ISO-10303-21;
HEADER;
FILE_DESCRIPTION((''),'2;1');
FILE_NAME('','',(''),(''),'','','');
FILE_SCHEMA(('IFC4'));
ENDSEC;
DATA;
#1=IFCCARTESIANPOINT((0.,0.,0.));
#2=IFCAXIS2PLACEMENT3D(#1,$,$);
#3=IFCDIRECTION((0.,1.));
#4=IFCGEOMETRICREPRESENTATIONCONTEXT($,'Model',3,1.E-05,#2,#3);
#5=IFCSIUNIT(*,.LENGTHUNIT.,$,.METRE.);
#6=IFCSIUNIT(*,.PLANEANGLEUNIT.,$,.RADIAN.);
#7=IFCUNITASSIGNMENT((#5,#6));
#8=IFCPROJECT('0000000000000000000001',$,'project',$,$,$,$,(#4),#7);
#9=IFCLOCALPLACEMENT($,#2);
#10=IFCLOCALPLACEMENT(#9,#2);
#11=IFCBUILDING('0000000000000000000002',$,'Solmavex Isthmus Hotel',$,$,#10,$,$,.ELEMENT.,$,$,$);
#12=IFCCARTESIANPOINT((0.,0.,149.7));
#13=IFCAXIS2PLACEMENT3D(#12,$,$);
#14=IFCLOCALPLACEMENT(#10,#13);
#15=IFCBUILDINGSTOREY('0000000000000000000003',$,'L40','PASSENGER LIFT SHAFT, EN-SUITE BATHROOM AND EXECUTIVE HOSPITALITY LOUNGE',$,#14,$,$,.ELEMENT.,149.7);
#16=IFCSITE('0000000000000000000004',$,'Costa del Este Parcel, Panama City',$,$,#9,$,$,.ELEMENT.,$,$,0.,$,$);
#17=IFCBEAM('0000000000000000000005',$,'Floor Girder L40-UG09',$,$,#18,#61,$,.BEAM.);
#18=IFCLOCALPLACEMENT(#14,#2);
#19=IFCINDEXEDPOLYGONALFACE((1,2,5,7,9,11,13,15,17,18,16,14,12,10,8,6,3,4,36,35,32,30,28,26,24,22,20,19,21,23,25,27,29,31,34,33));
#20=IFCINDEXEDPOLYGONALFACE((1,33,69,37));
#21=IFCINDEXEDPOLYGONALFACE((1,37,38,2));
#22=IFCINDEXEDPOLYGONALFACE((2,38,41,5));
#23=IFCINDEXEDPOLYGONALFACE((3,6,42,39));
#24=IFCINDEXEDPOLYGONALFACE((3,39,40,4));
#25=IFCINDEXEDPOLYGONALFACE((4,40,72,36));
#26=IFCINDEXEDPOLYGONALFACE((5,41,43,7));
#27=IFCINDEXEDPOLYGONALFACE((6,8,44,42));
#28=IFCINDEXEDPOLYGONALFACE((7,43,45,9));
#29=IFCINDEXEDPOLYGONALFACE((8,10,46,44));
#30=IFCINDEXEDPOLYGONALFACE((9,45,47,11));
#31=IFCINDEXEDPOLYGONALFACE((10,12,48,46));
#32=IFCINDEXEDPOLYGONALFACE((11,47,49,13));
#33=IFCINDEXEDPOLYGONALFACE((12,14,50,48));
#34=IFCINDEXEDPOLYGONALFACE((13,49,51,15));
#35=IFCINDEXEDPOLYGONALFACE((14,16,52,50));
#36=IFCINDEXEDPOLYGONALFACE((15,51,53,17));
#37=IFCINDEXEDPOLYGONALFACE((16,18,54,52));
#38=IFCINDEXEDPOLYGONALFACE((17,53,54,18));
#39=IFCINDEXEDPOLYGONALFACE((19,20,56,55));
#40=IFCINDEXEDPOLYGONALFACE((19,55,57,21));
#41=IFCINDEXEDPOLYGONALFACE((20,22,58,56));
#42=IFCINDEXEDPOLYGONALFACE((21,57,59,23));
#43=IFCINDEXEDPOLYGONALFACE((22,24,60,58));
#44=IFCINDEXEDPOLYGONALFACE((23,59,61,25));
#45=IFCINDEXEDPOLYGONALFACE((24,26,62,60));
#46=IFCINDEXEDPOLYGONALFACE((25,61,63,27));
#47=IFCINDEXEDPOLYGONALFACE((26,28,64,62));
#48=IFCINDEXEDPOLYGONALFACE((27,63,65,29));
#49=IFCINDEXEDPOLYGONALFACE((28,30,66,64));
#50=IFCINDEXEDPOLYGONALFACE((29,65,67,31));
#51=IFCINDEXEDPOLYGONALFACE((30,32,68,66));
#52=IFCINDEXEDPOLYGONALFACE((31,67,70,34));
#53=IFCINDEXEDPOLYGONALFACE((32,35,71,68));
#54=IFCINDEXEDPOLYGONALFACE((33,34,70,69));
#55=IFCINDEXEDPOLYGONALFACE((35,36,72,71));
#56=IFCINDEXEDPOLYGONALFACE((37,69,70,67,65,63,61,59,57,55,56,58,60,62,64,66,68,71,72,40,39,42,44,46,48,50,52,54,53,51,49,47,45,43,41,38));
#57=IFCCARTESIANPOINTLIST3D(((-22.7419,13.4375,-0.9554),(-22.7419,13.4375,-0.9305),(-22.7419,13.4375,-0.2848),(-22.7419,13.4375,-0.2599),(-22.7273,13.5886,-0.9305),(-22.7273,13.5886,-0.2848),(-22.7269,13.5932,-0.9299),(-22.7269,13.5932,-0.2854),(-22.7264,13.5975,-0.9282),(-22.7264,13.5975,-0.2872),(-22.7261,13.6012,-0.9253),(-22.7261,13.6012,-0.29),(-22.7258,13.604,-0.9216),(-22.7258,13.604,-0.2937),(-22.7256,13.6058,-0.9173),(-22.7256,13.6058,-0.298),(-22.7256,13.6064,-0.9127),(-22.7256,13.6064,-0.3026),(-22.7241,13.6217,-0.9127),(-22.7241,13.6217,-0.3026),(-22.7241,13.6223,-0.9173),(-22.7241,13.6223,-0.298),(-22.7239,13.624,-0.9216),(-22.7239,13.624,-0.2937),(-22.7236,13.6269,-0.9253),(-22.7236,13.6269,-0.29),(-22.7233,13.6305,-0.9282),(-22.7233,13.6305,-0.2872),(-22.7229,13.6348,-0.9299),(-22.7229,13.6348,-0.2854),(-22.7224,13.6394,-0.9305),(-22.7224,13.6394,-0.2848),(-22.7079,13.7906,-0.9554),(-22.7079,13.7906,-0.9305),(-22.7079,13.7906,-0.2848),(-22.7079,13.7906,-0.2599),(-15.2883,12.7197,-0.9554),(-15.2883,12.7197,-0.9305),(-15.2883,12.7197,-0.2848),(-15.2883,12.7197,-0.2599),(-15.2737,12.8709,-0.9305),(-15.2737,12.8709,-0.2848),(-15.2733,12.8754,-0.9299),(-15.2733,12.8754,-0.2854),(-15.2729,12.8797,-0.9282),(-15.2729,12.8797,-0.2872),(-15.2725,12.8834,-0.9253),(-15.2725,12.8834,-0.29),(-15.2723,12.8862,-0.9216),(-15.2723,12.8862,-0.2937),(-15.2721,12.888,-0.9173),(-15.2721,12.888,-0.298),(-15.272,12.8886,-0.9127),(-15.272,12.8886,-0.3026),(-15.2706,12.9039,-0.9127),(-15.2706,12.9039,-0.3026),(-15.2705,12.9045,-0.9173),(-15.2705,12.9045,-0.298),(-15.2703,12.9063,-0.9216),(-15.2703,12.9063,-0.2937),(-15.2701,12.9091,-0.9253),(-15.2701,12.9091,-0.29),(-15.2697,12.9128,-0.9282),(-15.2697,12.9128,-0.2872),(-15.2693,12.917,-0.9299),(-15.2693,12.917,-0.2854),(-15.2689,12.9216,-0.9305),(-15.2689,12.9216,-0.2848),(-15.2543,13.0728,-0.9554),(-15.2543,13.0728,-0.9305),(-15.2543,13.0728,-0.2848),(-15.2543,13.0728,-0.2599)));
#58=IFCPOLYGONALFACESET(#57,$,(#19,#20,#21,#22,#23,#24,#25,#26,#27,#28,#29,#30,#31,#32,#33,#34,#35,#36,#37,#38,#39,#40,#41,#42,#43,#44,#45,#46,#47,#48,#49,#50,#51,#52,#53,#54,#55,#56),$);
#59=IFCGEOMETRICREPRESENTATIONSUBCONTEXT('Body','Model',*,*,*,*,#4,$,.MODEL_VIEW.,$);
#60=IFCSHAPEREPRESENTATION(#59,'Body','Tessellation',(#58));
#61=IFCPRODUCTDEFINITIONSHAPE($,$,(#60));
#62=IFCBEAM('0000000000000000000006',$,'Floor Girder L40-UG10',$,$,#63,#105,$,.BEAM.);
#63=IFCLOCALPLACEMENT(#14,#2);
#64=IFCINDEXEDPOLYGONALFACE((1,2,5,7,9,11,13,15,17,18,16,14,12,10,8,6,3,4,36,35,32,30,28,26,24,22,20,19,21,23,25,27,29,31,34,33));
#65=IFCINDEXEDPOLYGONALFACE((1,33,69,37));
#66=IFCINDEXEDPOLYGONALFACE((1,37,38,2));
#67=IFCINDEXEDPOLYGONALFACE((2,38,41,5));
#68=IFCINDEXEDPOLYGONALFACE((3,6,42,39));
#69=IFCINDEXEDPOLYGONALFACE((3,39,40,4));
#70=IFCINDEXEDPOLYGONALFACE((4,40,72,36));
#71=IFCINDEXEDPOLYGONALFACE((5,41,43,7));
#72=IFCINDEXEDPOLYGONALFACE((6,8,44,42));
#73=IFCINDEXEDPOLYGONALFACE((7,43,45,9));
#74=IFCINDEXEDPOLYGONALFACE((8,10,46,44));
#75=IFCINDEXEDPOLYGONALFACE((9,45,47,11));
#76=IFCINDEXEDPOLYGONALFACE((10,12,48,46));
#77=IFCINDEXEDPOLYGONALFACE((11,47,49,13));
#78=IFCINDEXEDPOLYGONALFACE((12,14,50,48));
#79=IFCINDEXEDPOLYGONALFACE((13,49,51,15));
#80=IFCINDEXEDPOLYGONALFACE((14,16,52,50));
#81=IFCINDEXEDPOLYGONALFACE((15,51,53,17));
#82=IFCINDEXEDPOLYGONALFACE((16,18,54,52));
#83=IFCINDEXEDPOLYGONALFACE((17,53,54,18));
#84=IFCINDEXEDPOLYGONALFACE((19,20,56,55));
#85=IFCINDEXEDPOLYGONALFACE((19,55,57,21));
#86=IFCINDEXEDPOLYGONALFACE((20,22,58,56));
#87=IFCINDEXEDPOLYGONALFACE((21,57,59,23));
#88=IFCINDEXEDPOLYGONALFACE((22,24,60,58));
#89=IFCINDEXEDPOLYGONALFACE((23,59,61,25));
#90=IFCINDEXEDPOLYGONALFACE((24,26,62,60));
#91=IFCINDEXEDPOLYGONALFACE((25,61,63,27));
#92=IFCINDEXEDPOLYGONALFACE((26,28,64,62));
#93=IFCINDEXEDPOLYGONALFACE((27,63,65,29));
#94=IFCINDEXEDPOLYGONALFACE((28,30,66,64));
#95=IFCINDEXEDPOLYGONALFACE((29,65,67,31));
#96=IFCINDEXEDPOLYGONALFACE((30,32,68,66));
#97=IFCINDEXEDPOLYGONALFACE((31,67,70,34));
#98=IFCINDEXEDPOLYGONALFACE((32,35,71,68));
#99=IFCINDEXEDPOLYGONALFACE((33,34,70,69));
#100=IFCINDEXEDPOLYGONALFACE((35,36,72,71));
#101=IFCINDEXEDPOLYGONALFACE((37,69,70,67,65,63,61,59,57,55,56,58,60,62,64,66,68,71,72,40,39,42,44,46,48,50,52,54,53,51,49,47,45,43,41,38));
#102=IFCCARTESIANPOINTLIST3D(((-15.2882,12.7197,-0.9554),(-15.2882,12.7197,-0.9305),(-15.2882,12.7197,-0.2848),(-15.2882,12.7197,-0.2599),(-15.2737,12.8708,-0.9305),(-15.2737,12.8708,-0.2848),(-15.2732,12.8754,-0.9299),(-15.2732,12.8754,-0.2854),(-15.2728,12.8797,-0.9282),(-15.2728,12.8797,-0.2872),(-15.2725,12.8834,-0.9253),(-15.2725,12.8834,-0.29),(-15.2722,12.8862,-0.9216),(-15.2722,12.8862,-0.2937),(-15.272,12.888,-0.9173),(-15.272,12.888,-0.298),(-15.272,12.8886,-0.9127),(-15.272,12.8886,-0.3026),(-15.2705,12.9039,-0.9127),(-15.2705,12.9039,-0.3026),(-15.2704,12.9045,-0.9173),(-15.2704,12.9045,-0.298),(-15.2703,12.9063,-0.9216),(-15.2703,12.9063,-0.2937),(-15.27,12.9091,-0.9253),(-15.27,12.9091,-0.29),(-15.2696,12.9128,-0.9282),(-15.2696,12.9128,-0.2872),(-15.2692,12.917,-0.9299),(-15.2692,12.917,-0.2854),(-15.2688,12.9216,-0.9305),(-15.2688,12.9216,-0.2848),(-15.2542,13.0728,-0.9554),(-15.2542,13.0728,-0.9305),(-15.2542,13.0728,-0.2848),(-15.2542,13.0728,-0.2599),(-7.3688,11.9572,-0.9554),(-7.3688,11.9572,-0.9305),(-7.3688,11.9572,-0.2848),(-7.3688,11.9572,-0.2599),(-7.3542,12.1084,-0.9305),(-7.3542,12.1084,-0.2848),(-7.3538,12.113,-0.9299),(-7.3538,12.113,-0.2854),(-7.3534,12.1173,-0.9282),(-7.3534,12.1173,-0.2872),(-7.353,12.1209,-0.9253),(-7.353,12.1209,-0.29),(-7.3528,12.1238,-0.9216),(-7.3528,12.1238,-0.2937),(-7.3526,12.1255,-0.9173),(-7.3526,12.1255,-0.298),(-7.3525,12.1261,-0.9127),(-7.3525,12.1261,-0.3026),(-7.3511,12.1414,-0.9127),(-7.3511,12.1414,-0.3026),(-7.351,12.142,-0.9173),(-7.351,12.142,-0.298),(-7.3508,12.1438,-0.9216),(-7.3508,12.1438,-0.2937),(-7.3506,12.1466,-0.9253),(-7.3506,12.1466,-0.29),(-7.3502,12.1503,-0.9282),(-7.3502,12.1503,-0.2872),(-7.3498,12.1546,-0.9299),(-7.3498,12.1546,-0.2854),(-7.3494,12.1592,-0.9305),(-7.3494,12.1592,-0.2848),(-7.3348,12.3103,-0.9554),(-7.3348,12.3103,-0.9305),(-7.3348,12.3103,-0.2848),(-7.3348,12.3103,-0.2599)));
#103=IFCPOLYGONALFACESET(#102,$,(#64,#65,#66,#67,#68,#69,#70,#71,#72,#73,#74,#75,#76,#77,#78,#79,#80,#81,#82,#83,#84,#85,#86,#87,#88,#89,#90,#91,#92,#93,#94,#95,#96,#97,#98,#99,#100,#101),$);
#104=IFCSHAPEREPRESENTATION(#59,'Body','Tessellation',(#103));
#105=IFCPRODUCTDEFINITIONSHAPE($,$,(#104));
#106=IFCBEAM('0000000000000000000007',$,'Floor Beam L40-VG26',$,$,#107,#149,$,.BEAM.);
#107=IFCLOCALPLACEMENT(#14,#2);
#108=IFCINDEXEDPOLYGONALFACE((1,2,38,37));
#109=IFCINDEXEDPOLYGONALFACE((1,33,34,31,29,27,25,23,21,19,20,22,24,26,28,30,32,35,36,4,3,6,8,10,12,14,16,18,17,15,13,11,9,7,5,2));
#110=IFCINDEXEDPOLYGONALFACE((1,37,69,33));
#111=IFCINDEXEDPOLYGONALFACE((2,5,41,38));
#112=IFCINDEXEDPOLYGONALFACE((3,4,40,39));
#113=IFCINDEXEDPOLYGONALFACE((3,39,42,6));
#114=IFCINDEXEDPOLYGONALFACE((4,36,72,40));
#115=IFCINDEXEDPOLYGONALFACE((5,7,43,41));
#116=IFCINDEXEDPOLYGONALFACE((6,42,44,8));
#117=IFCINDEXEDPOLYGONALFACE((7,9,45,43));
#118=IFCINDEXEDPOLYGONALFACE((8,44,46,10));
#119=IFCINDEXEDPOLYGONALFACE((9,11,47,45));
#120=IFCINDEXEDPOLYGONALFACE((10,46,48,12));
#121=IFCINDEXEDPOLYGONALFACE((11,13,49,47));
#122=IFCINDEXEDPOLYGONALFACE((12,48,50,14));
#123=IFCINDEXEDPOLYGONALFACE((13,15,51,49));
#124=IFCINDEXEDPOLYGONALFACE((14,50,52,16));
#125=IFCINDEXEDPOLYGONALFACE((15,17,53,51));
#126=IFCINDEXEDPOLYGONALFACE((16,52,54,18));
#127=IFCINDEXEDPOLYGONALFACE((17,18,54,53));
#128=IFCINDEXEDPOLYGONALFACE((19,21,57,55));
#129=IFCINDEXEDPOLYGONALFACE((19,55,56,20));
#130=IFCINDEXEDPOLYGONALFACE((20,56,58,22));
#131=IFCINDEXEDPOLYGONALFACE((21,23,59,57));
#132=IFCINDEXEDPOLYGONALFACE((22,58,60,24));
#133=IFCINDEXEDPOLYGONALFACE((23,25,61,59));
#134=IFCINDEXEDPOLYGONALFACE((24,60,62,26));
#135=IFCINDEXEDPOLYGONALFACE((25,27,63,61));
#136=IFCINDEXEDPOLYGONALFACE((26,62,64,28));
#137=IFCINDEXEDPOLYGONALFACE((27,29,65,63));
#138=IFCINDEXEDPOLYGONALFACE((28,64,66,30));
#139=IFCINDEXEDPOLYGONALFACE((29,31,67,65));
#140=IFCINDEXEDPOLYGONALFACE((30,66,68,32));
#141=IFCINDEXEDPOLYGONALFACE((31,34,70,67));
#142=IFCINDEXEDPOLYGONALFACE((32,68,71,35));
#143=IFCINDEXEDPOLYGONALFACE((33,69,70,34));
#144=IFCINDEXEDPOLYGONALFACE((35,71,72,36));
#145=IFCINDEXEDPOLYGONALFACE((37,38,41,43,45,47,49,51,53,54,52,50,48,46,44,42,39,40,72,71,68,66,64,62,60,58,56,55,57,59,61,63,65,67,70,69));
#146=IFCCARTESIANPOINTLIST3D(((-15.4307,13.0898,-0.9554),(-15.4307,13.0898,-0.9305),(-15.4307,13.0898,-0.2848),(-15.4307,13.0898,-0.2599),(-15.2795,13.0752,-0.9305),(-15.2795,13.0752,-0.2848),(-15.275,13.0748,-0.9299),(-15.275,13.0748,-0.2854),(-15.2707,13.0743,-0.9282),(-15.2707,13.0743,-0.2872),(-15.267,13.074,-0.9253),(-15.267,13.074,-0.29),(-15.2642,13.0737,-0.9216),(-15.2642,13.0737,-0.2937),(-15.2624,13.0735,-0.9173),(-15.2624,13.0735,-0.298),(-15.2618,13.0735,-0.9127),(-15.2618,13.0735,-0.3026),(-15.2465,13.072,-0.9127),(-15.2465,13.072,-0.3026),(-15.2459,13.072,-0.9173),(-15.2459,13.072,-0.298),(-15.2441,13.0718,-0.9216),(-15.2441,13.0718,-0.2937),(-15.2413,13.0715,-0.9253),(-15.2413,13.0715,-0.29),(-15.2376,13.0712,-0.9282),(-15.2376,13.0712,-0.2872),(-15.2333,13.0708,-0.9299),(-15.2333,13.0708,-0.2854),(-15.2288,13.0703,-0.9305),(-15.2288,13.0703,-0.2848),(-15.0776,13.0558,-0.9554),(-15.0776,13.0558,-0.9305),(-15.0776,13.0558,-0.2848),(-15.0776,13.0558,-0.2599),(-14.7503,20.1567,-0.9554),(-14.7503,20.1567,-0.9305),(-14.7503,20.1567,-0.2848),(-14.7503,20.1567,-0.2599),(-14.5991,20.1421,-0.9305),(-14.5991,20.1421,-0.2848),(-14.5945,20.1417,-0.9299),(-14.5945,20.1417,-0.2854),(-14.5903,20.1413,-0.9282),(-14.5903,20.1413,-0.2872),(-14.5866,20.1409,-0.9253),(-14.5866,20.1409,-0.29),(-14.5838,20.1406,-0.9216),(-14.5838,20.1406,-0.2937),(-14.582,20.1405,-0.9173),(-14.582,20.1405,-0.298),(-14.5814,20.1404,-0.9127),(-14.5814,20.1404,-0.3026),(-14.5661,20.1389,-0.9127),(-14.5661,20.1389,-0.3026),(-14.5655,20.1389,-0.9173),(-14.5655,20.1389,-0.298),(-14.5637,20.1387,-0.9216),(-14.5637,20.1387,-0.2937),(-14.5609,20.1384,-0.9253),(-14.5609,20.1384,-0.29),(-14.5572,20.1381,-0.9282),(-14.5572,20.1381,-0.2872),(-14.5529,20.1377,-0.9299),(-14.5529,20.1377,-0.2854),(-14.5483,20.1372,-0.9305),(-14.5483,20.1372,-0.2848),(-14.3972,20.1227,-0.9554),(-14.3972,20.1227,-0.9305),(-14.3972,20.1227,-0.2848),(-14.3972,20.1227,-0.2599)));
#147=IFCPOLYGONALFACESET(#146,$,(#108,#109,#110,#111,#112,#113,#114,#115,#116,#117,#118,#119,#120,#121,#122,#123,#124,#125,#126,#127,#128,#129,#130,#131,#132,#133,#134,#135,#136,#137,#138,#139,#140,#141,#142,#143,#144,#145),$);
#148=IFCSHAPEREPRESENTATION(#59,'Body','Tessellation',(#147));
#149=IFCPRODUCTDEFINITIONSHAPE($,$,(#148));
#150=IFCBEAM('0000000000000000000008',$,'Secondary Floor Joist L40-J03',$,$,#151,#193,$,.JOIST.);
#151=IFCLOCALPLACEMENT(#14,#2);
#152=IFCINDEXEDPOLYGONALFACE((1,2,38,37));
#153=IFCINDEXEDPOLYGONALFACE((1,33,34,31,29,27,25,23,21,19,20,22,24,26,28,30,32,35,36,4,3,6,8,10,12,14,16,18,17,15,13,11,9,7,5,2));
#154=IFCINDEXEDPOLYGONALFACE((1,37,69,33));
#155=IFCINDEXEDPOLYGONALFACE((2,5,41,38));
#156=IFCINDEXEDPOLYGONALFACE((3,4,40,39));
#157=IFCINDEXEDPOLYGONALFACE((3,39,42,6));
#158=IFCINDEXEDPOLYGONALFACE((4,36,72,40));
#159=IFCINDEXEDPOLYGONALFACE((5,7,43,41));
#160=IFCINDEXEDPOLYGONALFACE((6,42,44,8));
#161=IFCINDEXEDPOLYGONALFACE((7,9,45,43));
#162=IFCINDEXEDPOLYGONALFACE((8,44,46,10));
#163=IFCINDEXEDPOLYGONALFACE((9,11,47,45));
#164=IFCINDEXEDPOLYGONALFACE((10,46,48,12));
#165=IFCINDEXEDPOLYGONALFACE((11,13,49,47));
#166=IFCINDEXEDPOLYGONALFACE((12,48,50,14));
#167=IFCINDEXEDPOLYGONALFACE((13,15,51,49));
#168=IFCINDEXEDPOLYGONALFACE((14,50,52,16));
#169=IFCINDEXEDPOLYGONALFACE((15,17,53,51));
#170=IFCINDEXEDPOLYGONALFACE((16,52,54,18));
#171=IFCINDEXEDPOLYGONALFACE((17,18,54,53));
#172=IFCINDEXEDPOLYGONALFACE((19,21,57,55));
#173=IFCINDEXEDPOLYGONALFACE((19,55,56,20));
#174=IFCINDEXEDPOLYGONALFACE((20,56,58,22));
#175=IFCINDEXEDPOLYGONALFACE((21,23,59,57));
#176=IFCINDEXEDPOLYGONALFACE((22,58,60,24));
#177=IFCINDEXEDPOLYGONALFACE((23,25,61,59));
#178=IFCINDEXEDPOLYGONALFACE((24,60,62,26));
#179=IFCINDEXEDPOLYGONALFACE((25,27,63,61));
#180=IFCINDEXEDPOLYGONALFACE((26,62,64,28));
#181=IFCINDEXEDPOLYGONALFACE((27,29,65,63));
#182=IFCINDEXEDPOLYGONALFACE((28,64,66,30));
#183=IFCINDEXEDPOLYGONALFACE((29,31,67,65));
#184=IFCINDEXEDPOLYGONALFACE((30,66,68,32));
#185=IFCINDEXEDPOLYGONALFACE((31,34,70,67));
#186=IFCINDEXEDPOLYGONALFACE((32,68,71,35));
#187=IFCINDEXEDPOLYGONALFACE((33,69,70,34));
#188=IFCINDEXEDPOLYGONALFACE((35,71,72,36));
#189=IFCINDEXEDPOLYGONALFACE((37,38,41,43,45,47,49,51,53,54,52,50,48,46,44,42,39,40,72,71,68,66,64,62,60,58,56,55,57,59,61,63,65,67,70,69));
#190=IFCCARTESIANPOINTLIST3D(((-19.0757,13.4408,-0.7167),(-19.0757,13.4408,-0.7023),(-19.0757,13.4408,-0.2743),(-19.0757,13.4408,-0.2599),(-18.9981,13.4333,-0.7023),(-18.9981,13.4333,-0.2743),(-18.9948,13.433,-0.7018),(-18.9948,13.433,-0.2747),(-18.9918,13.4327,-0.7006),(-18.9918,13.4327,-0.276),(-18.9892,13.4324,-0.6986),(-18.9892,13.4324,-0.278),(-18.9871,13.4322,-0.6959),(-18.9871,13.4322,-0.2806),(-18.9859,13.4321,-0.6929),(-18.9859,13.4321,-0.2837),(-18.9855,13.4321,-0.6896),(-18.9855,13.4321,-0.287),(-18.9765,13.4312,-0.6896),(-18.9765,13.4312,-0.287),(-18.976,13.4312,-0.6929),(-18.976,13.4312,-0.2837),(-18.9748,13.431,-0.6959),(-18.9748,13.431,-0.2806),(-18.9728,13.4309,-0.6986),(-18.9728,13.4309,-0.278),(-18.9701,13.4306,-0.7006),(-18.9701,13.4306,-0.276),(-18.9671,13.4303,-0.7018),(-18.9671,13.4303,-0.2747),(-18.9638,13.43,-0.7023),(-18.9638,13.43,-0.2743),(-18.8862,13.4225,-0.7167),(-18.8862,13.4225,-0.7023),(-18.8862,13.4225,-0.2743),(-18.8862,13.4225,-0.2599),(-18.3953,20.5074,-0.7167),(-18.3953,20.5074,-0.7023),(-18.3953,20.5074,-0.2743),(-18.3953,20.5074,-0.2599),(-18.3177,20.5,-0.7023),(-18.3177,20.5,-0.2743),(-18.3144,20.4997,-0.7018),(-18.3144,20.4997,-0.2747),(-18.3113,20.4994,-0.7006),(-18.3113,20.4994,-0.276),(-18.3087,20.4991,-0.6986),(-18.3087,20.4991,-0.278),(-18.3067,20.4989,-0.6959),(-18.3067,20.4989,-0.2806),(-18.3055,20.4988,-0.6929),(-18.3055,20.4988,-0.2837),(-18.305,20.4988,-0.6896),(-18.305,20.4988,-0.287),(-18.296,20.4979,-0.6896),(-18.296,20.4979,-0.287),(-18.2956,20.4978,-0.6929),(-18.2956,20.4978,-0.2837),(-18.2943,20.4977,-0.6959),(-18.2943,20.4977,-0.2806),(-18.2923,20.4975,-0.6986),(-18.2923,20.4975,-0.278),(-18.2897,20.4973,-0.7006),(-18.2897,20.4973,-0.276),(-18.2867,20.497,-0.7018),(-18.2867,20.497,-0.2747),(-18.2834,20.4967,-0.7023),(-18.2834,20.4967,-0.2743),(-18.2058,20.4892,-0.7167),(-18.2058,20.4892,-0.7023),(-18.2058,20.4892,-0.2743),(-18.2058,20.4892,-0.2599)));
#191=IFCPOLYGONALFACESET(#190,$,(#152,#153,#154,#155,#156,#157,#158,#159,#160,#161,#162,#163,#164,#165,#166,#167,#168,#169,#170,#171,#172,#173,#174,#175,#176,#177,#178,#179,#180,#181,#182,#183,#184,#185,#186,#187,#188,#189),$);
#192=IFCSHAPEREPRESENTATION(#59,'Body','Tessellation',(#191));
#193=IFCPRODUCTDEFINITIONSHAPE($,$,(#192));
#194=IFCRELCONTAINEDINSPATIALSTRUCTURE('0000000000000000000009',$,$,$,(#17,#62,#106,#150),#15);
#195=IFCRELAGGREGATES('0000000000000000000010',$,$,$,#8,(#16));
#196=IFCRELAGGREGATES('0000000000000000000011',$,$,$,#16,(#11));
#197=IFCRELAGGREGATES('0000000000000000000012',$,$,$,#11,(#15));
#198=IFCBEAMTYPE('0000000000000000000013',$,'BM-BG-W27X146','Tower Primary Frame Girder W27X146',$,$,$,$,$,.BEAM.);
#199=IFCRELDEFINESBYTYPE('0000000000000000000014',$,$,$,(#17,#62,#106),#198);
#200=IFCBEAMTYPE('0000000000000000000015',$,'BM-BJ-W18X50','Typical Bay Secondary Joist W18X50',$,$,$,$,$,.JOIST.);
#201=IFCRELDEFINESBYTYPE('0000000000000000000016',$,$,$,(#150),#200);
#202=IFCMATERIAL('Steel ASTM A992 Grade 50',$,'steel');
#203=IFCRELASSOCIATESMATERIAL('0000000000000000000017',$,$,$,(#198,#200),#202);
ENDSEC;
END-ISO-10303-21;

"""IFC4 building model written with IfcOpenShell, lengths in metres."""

from ifc_helpers import new_model, si_unit, direction, frame, origin, origin_2d, place, context, subcontext, project, spatial, i_section, extrude, material, material_profile, profile_set, type_object, element, save


model = new_model("IFC4")

# Units and contexts
model_context = context("Model", 3, precision=1e-05, world=origin(), true_north=direction((0.0, 1.0)))
body_context = subcontext(model_context, "Body", "Model", "MODEL_VIEW")
ifc_project = project(units=[si_unit("LENGTHUNIT", "METRE"), si_unit("PLANEANGLEUNIT", "RADIAN")], contexts=[model_context])

# Site, building, storey
site_placement = place(None, origin())
site = spatial("IfcSite", under=ifc_project, at=site_placement, Name="Costa del Este Parcel, Panama City", CompositionType="ELEMENT", RefElevation=0.0)
building_placement = place(site_placement, origin())
building = spatial("IfcBuilding", under=site, at=building_placement, Name="Solmavex Isthmus Hotel", CompositionType="ELEMENT")
storey_placement = place(building_placement, frame((0.0, 0.0, 149.7)))
storey = spatial("IfcBuildingStorey", under=building, at=storey_placement, Name="L40", Description="PASSENGER LIFT SHAFT, EN-SUITE BATHROOM AND EXECUTIVE HOSPITALITY LOUNGE", CompositionType="ELEMENT", Elevation=149.7)

# Beams
ifc_material_1 = material(Name="Steel ASTM A992 Grade 50", Category="steel")
ifc_material_profile_1 = material_profile(ifc_material_1, i_section(OverallWidth=0.3547, OverallDepth=0.6956, WebThickness=0.0154, FlangeThickness=0.0249, FilletRadius=0.0178, at=origin_2d()), Name="W27X146")
ifc_profile_set_1 = profile_set([ifc_material_profile_1], Name="Steel ASTM A992 Grade 50")
beam_type_1 = type_object("IfcBeamType", Name="BM-BG-W27X146", Description="Tower Primary Frame Girder W27X146", PredefinedType="BEAM", material=ifc_profile_set_1)
for number, where, z_axis, x_axis, name in (
    (1, (-22.7249, 13.614, -0.6077), (0.995395, -0.095855, 0.0), (0.095855, 0.995395, 0.0), "Floor Girder L40-UG09"),
):
    element("IfcBeam", number, at=place(storey_placement, frame(where, z_axis=z_axis, x_axis=x_axis)), inside=storey, type_object=beam_type_1, Name=name, PredefinedType="BEAM", context=body_context, shape_type="SweptSolid", body=[
        extrude(i_section(OverallWidth=0.3547, OverallDepth=0.6956, WebThickness=0.0154, FlangeThickness=0.0249, FilletRadius=0.0178, at=origin_2d()), origin(), (0.0, 0.0, 1.0), 7.488),
    ])
beam_1_placement = place(storey_placement, frame((-15.2712, 12.8962, -0.6077), z_axis=(0.995397, -0.095833, 0.0), x_axis=(0.095833, 0.995397, 0.0)))
element("IfcBeam", 2, at=beam_1_placement, inside=storey, type_object=beam_type_1, Name="Floor Girder L40-UG10", PredefinedType="BEAM", context=body_context, shape_type="SweptSolid", body=[
    extrude(i_section(OverallWidth=0.3547, OverallDepth=0.6956, WebThickness=0.0154, FlangeThickness=0.0249, FilletRadius=0.0178, at=origin_2d()), origin(), (0.0, 0.0, 1.0), 7.9561),
])
beam_2_placement = place(storey_placement, frame((-15.2542, 13.0728, -0.6077), z_axis=(0.09584, 0.995397, 0.0), x_axis=(-0.995397, 0.09584, 0.0)))
element("IfcBeam", 3, at=beam_2_placement, inside=storey, type_object=beam_type_1, Name="Floor Beam L40-VG26", PredefinedType="BEAM", context=body_context, shape_type="SweptSolid", body=[
    extrude(i_section(OverallWidth=0.3547, OverallDepth=0.6956, WebThickness=0.0154, FlangeThickness=0.0249, FilletRadius=0.0178, at=origin_2d()), origin(), (0.0, 0.0, 1.0), 7.0996),
])
ifc_material_profile_2 = material_profile(ifc_material_1, i_section(OverallWidth=0.1904, OverallDepth=0.4568, WebThickness=0.009, FlangeThickness=0.0144, FilletRadius=0.0127, at=origin_2d()), Name="W18X50")
ifc_profile_set_2 = profile_set([ifc_material_profile_2], Name="Steel ASTM A992 Grade 50")
beam_type_2 = type_object("IfcBeamType", Name="BM-BJ-W18X50", Description="Typical Bay Secondary Joist W18X50", PredefinedType="JOIST", material=ifc_profile_set_2)
beam_3_placement = place(storey_placement, frame((-18.981, 13.4316, -0.4883), z_axis=(0.095843, 0.995396, 0.0), x_axis=(-0.995396, 0.095843, 0.0)))
element("IfcBeam", 4, at=beam_3_placement, inside=storey, type_object=beam_type_2, Name="Secondary Floor Joist L40-J03", PredefinedType="JOIST", context=body_context, shape_type="SweptSolid", body=[
    extrude(i_section(OverallWidth=0.1904, OverallDepth=0.4568, WebThickness=0.009, FlangeThickness=0.0144, FilletRadius=0.0127, at=origin_2d()), origin(), (0.0, 0.0, 1.0), 7.0994),
])

save(model, "model.ifc")
